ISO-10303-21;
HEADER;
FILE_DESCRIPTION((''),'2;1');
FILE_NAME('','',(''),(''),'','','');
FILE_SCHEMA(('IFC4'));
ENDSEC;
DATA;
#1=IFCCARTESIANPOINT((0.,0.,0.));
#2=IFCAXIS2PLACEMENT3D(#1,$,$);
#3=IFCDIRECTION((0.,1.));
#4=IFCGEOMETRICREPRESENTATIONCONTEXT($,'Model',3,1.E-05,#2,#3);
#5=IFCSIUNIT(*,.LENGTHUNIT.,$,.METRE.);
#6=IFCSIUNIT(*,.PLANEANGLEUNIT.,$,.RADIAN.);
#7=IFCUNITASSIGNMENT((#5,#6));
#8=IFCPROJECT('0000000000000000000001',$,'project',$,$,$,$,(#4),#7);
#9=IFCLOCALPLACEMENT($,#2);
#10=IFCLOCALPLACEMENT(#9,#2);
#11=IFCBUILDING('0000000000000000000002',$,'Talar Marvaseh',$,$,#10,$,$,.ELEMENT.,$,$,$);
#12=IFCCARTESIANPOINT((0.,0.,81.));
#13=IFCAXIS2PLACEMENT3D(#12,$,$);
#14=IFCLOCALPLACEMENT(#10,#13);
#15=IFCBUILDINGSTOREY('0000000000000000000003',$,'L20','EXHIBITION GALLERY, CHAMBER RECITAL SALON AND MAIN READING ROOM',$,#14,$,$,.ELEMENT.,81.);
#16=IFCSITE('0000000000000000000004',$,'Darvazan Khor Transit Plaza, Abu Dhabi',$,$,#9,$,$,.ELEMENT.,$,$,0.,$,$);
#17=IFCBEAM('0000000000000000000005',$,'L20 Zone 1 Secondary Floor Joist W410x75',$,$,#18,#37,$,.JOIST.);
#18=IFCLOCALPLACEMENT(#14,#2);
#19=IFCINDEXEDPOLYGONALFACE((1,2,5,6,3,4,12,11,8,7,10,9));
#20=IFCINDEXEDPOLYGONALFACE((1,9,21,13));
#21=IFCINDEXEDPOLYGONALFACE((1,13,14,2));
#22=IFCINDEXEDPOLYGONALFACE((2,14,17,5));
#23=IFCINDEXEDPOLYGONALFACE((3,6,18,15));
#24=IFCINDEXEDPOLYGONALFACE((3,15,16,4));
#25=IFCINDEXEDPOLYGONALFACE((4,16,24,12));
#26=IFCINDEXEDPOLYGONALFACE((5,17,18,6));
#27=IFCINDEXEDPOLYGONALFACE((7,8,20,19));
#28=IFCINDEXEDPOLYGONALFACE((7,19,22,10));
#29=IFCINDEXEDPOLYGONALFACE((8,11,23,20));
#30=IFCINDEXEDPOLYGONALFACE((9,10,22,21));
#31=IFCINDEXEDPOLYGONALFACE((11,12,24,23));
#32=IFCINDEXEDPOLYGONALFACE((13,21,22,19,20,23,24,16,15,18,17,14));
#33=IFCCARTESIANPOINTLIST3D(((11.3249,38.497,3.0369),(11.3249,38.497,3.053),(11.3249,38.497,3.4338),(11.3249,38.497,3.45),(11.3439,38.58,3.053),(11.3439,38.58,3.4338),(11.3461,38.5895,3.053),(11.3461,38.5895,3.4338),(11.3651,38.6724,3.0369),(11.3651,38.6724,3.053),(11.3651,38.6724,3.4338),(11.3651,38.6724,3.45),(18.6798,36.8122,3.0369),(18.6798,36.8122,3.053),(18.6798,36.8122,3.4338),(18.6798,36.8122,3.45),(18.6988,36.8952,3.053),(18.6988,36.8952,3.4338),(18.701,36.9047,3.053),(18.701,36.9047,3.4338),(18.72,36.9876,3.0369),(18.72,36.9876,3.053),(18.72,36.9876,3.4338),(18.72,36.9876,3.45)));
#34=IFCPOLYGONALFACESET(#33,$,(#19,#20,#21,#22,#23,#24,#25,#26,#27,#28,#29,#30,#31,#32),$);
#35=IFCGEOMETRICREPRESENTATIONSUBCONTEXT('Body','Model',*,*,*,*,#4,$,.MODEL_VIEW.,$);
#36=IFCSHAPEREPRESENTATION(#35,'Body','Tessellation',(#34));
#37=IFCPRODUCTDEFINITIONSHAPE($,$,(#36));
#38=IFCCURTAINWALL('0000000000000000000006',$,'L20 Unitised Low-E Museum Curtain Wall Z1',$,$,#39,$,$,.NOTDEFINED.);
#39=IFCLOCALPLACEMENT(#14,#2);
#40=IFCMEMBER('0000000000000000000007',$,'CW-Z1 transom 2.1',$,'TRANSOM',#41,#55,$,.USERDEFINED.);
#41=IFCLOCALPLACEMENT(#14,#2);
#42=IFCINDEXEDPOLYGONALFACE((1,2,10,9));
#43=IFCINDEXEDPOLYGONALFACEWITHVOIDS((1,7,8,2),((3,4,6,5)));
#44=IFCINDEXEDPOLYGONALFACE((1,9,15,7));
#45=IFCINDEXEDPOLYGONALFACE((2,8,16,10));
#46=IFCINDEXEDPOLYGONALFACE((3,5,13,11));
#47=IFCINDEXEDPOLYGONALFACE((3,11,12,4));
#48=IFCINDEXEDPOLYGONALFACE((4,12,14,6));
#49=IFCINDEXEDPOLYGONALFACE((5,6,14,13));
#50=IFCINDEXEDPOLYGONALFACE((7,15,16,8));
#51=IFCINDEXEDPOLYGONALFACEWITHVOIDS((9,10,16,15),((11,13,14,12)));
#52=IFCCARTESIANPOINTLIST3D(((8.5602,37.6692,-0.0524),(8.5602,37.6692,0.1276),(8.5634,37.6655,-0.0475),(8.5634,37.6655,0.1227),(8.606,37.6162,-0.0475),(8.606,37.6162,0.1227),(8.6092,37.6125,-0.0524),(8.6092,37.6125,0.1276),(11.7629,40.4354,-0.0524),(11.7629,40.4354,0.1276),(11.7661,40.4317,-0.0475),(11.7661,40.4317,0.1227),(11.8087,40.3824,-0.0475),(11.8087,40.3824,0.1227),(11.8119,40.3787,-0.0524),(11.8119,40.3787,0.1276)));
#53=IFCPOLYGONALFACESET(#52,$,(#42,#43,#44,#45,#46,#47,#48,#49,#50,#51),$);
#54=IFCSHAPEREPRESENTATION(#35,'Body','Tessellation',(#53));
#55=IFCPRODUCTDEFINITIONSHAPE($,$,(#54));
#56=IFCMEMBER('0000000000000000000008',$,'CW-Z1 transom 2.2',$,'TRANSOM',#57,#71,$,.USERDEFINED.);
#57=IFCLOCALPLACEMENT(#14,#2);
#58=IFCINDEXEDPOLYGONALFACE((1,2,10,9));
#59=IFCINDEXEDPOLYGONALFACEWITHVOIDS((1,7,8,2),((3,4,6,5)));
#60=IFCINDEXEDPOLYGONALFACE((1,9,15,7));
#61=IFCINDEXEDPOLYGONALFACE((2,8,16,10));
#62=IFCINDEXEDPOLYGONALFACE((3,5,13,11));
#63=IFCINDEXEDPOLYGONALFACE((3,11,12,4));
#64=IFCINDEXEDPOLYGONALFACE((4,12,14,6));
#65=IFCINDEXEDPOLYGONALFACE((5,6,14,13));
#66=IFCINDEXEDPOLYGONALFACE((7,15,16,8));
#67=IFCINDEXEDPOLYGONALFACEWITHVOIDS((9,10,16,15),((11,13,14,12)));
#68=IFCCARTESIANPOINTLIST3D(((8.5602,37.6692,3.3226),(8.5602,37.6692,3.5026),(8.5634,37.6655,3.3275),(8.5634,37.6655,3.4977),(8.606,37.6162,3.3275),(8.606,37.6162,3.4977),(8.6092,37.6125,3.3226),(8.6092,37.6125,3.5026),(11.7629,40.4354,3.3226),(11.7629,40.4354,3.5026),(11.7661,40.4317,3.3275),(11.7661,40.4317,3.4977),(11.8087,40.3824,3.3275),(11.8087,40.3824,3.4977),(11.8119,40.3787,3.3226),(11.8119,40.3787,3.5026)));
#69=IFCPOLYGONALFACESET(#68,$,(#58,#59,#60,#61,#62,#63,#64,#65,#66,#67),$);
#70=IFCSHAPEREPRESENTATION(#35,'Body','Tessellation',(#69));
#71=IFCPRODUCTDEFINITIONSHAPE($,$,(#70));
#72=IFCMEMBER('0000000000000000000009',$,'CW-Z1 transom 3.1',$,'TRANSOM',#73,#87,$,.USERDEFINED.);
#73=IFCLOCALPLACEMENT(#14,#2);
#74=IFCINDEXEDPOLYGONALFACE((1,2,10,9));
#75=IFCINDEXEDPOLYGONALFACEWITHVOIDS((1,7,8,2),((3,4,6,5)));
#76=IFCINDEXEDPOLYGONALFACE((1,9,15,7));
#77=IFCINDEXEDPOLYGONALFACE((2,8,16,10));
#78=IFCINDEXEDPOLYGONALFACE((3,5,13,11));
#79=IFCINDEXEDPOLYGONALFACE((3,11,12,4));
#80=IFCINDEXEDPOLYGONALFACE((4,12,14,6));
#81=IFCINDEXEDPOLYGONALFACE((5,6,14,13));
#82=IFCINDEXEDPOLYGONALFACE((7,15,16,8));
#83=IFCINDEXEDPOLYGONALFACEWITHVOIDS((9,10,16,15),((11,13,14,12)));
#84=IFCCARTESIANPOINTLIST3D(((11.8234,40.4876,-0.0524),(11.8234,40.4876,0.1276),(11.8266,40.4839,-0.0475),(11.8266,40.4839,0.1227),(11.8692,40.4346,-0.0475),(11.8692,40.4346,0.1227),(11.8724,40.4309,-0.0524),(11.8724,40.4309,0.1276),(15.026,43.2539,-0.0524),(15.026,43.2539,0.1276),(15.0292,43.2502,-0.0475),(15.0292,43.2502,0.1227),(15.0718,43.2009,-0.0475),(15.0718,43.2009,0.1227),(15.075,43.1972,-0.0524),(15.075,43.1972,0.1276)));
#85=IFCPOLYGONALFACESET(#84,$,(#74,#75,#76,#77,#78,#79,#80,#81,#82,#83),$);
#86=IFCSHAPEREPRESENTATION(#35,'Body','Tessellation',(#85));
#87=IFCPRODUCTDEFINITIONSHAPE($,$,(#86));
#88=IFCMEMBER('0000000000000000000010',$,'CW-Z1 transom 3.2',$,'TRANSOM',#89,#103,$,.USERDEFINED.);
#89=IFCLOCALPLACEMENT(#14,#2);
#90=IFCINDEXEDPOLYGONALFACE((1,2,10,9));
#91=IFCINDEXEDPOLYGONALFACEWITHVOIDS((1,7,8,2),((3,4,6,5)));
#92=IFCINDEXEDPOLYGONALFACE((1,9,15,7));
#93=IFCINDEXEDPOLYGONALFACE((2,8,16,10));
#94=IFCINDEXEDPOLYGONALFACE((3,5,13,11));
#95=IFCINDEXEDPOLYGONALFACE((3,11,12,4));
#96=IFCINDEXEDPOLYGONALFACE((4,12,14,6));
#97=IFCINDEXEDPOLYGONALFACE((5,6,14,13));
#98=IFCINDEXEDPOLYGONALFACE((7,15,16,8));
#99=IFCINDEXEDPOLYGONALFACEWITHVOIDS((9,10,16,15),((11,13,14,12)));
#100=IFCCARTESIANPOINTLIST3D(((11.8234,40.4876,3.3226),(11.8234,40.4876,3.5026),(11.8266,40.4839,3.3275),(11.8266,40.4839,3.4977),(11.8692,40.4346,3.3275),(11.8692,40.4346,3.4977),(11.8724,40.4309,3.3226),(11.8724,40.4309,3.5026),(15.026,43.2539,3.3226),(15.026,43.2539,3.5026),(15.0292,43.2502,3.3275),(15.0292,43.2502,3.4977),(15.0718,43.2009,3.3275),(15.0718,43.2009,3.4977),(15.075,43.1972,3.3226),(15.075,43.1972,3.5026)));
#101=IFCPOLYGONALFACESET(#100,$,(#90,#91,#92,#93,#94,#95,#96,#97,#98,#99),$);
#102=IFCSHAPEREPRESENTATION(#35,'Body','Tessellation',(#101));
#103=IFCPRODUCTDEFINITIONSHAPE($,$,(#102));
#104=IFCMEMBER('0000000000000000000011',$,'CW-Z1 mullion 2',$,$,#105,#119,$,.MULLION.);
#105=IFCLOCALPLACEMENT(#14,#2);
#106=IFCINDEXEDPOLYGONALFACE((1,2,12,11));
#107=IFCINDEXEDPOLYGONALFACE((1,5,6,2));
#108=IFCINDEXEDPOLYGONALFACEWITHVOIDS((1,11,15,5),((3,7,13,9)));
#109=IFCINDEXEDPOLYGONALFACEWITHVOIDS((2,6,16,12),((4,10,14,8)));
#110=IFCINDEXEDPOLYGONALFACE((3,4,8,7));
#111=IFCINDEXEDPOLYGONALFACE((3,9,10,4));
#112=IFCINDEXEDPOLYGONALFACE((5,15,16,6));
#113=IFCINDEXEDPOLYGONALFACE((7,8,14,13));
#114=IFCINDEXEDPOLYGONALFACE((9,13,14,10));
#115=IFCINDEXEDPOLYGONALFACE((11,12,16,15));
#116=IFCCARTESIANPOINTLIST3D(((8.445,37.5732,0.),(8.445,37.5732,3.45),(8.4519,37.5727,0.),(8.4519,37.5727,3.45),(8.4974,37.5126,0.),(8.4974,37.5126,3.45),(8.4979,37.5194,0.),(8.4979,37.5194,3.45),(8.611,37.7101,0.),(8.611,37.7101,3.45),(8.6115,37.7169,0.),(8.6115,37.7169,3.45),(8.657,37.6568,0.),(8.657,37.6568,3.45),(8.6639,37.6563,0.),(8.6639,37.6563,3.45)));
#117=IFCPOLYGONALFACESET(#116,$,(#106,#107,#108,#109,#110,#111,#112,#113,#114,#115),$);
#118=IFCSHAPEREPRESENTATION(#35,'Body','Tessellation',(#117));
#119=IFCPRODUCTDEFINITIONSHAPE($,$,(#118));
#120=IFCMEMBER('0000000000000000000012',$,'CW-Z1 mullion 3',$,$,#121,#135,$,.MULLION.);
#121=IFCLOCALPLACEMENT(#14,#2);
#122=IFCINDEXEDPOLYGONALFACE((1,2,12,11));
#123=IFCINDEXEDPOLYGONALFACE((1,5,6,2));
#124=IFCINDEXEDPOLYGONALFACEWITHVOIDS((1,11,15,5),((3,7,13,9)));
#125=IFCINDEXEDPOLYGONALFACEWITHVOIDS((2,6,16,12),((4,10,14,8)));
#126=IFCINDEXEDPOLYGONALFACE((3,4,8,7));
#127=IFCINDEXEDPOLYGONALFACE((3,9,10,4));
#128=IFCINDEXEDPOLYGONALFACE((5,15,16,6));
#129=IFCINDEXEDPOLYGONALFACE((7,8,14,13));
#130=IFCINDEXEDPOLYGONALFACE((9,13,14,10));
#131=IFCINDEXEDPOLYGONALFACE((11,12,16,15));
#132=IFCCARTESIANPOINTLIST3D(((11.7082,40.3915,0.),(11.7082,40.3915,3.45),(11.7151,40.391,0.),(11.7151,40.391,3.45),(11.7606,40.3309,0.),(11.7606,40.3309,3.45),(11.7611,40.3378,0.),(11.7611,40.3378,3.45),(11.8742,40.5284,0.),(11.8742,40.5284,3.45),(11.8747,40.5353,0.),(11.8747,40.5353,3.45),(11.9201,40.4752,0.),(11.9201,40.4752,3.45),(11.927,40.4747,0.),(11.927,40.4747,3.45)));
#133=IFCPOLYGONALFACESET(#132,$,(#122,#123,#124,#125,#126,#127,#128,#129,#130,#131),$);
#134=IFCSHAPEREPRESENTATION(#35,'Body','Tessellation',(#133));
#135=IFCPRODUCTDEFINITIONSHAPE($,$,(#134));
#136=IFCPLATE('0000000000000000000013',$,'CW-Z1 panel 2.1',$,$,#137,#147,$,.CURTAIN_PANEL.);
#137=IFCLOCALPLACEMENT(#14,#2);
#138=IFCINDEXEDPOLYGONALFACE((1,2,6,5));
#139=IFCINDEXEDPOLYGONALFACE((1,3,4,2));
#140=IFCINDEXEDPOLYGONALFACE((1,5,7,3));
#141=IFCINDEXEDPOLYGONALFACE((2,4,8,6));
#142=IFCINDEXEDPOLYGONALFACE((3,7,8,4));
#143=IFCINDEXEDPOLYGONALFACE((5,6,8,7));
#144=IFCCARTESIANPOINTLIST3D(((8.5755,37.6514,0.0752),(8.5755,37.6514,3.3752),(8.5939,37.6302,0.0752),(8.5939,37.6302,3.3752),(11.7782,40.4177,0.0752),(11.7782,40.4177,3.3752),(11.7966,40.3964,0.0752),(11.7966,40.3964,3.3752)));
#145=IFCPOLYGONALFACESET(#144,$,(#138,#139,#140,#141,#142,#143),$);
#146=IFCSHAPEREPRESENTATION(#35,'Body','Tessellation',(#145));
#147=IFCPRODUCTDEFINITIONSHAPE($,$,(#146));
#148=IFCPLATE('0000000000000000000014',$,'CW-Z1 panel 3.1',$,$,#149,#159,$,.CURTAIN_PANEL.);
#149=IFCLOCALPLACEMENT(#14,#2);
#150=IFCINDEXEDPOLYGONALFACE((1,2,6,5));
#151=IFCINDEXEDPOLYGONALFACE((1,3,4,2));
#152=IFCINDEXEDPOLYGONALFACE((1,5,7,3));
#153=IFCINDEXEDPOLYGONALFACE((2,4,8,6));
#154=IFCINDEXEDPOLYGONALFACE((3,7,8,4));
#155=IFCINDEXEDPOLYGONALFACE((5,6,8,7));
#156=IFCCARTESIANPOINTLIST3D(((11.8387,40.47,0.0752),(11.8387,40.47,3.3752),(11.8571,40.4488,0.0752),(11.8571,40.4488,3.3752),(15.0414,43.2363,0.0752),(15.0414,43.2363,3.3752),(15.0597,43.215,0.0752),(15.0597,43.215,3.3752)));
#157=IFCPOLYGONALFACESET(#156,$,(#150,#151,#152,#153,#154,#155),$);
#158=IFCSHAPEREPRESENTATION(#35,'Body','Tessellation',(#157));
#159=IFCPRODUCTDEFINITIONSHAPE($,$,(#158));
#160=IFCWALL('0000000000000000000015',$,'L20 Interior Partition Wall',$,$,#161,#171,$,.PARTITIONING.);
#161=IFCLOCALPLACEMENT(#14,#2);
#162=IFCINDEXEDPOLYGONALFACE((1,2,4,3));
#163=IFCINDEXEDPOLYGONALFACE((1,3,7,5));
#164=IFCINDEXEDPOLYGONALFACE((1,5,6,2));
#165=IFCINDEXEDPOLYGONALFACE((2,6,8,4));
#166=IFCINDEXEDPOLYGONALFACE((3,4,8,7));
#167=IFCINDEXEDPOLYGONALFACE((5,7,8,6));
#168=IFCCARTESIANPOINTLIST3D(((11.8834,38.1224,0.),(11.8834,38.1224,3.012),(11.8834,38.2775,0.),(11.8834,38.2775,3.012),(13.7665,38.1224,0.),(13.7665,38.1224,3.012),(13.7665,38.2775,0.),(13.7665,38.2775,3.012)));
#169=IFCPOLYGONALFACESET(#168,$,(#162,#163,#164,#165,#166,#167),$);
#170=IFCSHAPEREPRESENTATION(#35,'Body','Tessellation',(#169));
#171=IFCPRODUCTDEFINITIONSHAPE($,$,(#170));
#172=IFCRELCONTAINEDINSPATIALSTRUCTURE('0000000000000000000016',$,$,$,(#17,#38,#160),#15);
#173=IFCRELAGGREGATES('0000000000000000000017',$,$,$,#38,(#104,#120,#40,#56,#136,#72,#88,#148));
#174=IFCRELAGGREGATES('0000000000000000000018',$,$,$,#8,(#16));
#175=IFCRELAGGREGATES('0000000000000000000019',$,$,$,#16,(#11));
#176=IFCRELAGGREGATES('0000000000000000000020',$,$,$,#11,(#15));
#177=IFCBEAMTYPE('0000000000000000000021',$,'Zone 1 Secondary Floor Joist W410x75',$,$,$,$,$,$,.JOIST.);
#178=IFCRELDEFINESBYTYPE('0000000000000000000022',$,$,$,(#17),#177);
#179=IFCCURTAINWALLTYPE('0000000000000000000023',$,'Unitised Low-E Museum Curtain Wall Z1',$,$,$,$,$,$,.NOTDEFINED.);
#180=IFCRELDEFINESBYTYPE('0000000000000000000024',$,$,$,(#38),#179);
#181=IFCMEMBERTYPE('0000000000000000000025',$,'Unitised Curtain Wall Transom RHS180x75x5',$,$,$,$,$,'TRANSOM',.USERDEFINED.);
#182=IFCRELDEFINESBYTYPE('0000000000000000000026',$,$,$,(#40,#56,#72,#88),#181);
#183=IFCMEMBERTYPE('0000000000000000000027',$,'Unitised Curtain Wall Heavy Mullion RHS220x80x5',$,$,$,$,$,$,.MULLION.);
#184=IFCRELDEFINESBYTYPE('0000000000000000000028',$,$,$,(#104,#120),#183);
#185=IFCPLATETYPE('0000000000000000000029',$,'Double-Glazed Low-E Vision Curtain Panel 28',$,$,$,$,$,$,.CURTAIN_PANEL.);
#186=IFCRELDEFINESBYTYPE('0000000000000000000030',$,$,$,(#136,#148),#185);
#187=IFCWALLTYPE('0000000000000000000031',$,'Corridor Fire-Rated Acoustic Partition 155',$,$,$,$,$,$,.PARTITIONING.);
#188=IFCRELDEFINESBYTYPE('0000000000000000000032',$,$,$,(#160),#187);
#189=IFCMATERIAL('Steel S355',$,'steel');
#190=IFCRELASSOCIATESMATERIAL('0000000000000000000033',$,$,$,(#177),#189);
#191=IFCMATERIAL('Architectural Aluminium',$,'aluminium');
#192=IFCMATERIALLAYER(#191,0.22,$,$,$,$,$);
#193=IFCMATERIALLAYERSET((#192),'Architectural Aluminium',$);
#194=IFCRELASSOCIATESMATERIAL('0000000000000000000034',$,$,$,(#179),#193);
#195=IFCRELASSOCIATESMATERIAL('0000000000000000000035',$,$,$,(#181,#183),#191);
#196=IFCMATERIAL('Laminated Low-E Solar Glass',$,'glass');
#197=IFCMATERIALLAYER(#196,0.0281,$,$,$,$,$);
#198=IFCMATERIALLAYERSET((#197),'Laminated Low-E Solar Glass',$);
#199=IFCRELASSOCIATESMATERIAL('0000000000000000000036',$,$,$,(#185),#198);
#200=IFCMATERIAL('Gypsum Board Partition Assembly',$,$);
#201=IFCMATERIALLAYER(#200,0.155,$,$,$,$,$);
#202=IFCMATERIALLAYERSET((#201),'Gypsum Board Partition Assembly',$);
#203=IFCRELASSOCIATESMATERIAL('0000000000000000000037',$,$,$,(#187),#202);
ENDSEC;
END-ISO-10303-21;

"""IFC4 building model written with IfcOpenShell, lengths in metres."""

from ifc_helpers import new_model, si_unit, direction, frame, frame_2d, origin, origin_2d, place, context, subcontext, project, spatial, rectangle, hollow_rectangle, i_section, extrude, source, transform, mapped, material, layer, layer_set, material_profile, profile_set, type_object, type_shapes, element, aggregate, save


model = new_model("IFC4")

# Units and contexts
model_context = context("Model", 3, precision=1e-05, world=origin(), true_north=direction((0.0, 1.0)))
body_context = subcontext(model_context, "Body", "Model", "MODEL_VIEW")
ifc_project = project(units=[si_unit("LENGTHUNIT", "METRE"), si_unit("PLANEANGLEUNIT", "RADIAN")], contexts=[model_context])

# Site, building, storey
site_placement = place(None, origin())
site = spatial("IfcSite", under=ifc_project, at=site_placement, Name="Darvazan Khor Transit Plaza, Abu Dhabi", CompositionType="ELEMENT", RefElevation=0.0)
building_placement = place(site_placement, origin())
building = spatial("IfcBuilding", under=site, at=building_placement, Name="Talar Marvaseh", CompositionType="ELEMENT")
storey_placement = place(building_placement, frame((0.0, 0.0, 81.0)))
storey = spatial("IfcBuildingStorey", under=building, at=storey_placement, Name="L20", Description="EXHIBITION GALLERY, CHAMBER RECITAL SALON AND MAIN READING ROOM", CompositionType="ELEMENT", Elevation=81.0)

# Beam
ifc_material_1 = material(Name="Steel S355", Category="steel")
ifc_material_profile_1 = material_profile(ifc_material_1, i_section(OverallWidth=0.1799, OverallDepth=0.4131, WebThickness=0.0098, FlangeThickness=0.0161, at=origin_2d()), Name="W410x75")
ifc_profile_set_1 = profile_set([ifc_material_profile_1], Name="Steel S355")
beam_type = type_object("IfcBeamType", Name="Zone 1 Secondary Floor Joist W410x75", PredefinedType="JOIST", material=ifc_profile_set_1)
beam_placement = place(storey_placement, frame((11.345, 38.5847, 3.2434), z_axis=(0.974753, -0.223288, 0.0), x_axis=(0.223288, 0.974753, 0.0)))
element("IfcBeam", 1, at=beam_placement, inside=storey, type_object=beam_type, Name="L20 Zone 1 Secondary Floor Joist W410x75", PredefinedType="JOIST", context=body_context, shape_type="SweptSolid", body=[
    extrude(i_section(OverallWidth=0.1799, OverallDepth=0.4131, WebThickness=0.0098, FlangeThickness=0.0161, at=origin_2d()), origin(), (0.0, 0.0, 1.0), 7.5454),
])

# Curtain wall, members, plates
ifc_material_2 = material(Name="Architectural Aluminium", Category="aluminium")
ifc_layer_1 = layer(ifc_material_2, 0.22)
ifc_layer_set_1 = layer_set([ifc_layer_1], Name="Architectural Aluminium")
curtain_wall_type = type_object("IfcCurtainWallType", Name="Unitised Low-E Museum Curtain Wall Z1", PredefinedType="NOTDEFINED", material=ifc_layer_set_1)
curtain_wall_placement = place(storey_placement, origin())
curtain_wall = element("IfcCurtainWall", 2, at=curtain_wall_placement, inside=storey, type_object=curtain_wall_type, Name="L20 Unitised Low-E Museum Curtain Wall Z1", PredefinedType="NOTDEFINED")
ifc_material_profile_2 = material_profile(ifc_material_2, hollow_rectangle(XDim=0.075, YDim=0.1799, WallThickness=0.0049, at=origin_2d()), Name="RHS180x75x5")
ifc_profile_set_2 = profile_set([ifc_material_profile_2], Name="Architectural Aluminium")
member_type_1 = type_object("IfcMemberType", Name="Unitised Curtain Wall Transom RHS180x75x5", ElementType="TRANSOM", PredefinedType="USERDEFINED", material=ifc_profile_set_2)
shared_shape_1 = source(origin(), body_context, "Body", "SweptSolid", [
    extrude(hollow_rectangle(XDim=0.075, YDim=0.1799, WallThickness=0.0049, at=origin_2d()), origin(), (0.0, 0.0, 1.0), 4.2319),
])
type_shapes(member_type_1, [shared_shape_1])
member_1_placement = place(storey_placement, frame((8.5847, 37.6409, 0.0376), z_axis=(0.7568, 0.653647, 0.0), x_axis=(-0.653647, 0.7568, 0.0)))
member_1 = element("IfcMember", 3, at=member_1_placement, type_object=member_type_1, Name="CW-Z1 transom 2.1", ObjectType="TRANSOM", PredefinedType="USERDEFINED", context=body_context, shape_type="MappedRepresentation", body=[
    mapped(shared_shape_1, transform((0.0, 0.0, 0.0), x_axis=(1.0, 0.0, 0.0), y_axis=(0.0, 1.0, 0.0), z_axis=(0.0, 0.0, 1.0), scale=1.0)),
])
member_2_placement = place(storey_placement, frame((8.5847, 37.6409, 3.4126), z_axis=(0.7568, 0.653647, 0.0), x_axis=(-0.653647, 0.7568, 0.0)))
member_2 = element("IfcMember", 4, at=member_2_placement, type_object=member_type_1, Name="CW-Z1 transom 2.2", ObjectType="TRANSOM", PredefinedType="USERDEFINED", context=body_context, shape_type="MappedRepresentation", body=[
    mapped(shared_shape_1, transform((0.0, 0.0, 0.0), x_axis=(1.0, 0.0, 0.0), y_axis=(0.0, 1.0, 0.0), z_axis=(0.0, 0.0, 1.0), scale=1.0)),
])
member_3_placement = place(storey_placement, frame((11.8479, 40.4592, 0.0376), z_axis=(0.756771, 0.65368, 0.0), x_axis=(-0.65368, 0.756771, 0.0)))
member_3 = element("IfcMember", 5, at=member_3_placement, type_object=member_type_1, Name="CW-Z1 transom 3.1", ObjectType="TRANSOM", PredefinedType="USERDEFINED", context=body_context, shape_type="MappedRepresentation", body=[
    mapped(shared_shape_1, transform((0.0, 0.0, 0.0), x_axis=(1.0, 0.0, 0.0), y_axis=(0.0, 1.0, 0.0), z_axis=(0.0, 0.0, 1.0), scale=1.0)),
])
member_4_placement = place(storey_placement, frame((11.8479, 40.4592, 3.4126), z_axis=(0.756771, 0.65368, 0.0), x_axis=(-0.65368, 0.756771, 0.0)))
member_4 = element("IfcMember", 6, at=member_4_placement, type_object=member_type_1, Name="CW-Z1 transom 3.2", ObjectType="TRANSOM", PredefinedType="USERDEFINED", context=body_context, shape_type="MappedRepresentation", body=[
    mapped(shared_shape_1, transform((0.0, 0.0, 0.0), x_axis=(1.0, 0.0, 0.0), y_axis=(0.0, 1.0, 0.0), z_axis=(0.0, 0.0, 1.0), scale=1.0)),
])
ifc_material_profile_3 = material_profile(ifc_material_2, hollow_rectangle(XDim=0.0801, YDim=0.22, WallThickness=0.0049, at=origin_2d()), Name="RHS220x80x5")
ifc_profile_set_3 = profile_set([ifc_material_profile_3], Name="Architectural Aluminium")
member_type_2 = type_object("IfcMemberType", Name="Unitised Curtain Wall Heavy Mullion RHS220x80x5", PredefinedType="MULLION", material=ifc_profile_set_3)
shared_shape_2 = source(origin(), body_context, "Body", "SweptSolid", [
    extrude(hollow_rectangle(XDim=0.0801, YDim=0.22, WallThickness=0.0049, at=origin_2d()), origin(), (0.0, 0.0, 1.0), 3.45),
])
type_shapes(member_type_2, [shared_shape_2])
member_5_placement = place(storey_placement, frame((8.5544, 37.6147, 0.0), z_axis=(0.0, 0.0, 1.0), x_axis=(-0.653657, 0.756791, 0.0)))
member_5 = element("IfcMember", 7, at=member_5_placement, type_object=member_type_2, Name="CW-Z1 mullion 2", PredefinedType="MULLION", context=body_context, shape_type="MappedRepresentation", body=[
    mapped(shared_shape_2, transform((0.0, 0.0, 0.0), x_axis=(1.0, 0.0, 0.0), y_axis=(0.0, 1.0, 0.0), z_axis=(0.0, 0.0, 1.0), scale=1.0)),
])
member_6_placement = place(storey_placement, frame((11.8176, 40.4331, 0.0), z_axis=(0.0, 0.0, 1.0), x_axis=(-0.653657, 0.756791, 0.0)))
member_6 = element("IfcMember", 8, at=member_6_placement, type_object=member_type_2, Name="CW-Z1 mullion 3", PredefinedType="MULLION", context=body_context, shape_type="MappedRepresentation", body=[
    mapped(shared_shape_2, transform((0.0, 0.0, 0.0), x_axis=(1.0, 0.0, 0.0), y_axis=(0.0, 1.0, 0.0), z_axis=(0.0, 0.0, 1.0), scale=1.0)),
])
ifc_material_3 = material(Name="Laminated Low-E Solar Glass", Category="glass")
ifc_layer_2 = layer(ifc_material_3, 0.0281)
ifc_layer_set_2 = layer_set([ifc_layer_2], Name="Laminated Low-E Solar Glass")
plate_type = type_object("IfcPlateType", Name="Double-Glazed Low-E Vision Curtain Panel 28", PredefinedType="CURTAIN_PANEL", material=ifc_layer_set_2)
shared_shape_3 = source(origin(), body_context, "Body", "SweptSolid", [
    extrude(rectangle(XDim=4.2319, YDim=0.0281, at=origin_2d()), origin(), (0.0, 0.0, 1.0), 3.3),
])
type_shapes(plate_type, [shared_shape_3])
plate_1_placement = place(storey_placement, frame((10.186, 39.0239, 0.0752), z_axis=(0.0, 0.0, 1.0), x_axis=(0.756791, 0.653657, 0.0)))
plate_1 = element("IfcPlate", 9, at=plate_1_placement, type_object=plate_type, Name="CW-Z1 panel 2.1", PredefinedType="CURTAIN_PANEL", context=body_context, shape_type="MappedRepresentation", body=[
    mapped(shared_shape_3, transform((0.0, 0.0, 0.0), x_axis=(1.0, 0.0, 0.0), y_axis=(0.0, 1.0, 0.0), z_axis=(0.0, 0.0, 1.0), scale=1.0)),
])
plate_2_placement = place(storey_placement, frame((13.4492, 41.8425, 0.0752), z_axis=(0.0, 0.0, 1.0), x_axis=(0.756791, 0.653657, 0.0)))
plate_2 = element("IfcPlate", 10, at=plate_2_placement, type_object=plate_type, Name="CW-Z1 panel 3.1", PredefinedType="CURTAIN_PANEL", context=body_context, shape_type="MappedRepresentation", body=[
    mapped(shared_shape_3, transform((0.0, 0.0, 0.0), x_axis=(1.0, 0.0, 0.0), y_axis=(0.0, 1.0, 0.0), z_axis=(0.0, 0.0, 1.0), scale=1.0)),
])
aggregate(curtain_wall, [member_5, member_6, member_1, member_2, plate_1, member_3, member_4, plate_2])

# Wall
ifc_material_4 = material(Name="Gypsum Board Partition Assembly")
ifc_layer_3 = layer(ifc_material_4, 0.155)
ifc_layer_set_3 = layer_set([ifc_layer_3], Name="Gypsum Board Partition Assembly")
wall_type = type_object("IfcWallType", Name="Corridor Fire-Rated Acoustic Partition 155", PredefinedType="PARTITIONING", material=ifc_layer_set_3)
wall_placement = place(storey_placement, frame((11.8835, 38.2, 0.0), z_axis=(0.0, 0.0, 1.0), x_axis=(1.0, 0.0, 0.0)))
element("IfcWall", 11, at=wall_placement, inside=storey, type_object=wall_type, Name="L20 Interior Partition Wall", PredefinedType="PARTITIONING", context=body_context, shape_type="SweptSolid", body=[
    extrude(rectangle(XDim=1.8831, YDim=0.155, at=frame_2d((0.9414, 0.0))), origin(), (0.0, 0.0, 1.0), 3.012),
])

save(model, "model.ifc")
